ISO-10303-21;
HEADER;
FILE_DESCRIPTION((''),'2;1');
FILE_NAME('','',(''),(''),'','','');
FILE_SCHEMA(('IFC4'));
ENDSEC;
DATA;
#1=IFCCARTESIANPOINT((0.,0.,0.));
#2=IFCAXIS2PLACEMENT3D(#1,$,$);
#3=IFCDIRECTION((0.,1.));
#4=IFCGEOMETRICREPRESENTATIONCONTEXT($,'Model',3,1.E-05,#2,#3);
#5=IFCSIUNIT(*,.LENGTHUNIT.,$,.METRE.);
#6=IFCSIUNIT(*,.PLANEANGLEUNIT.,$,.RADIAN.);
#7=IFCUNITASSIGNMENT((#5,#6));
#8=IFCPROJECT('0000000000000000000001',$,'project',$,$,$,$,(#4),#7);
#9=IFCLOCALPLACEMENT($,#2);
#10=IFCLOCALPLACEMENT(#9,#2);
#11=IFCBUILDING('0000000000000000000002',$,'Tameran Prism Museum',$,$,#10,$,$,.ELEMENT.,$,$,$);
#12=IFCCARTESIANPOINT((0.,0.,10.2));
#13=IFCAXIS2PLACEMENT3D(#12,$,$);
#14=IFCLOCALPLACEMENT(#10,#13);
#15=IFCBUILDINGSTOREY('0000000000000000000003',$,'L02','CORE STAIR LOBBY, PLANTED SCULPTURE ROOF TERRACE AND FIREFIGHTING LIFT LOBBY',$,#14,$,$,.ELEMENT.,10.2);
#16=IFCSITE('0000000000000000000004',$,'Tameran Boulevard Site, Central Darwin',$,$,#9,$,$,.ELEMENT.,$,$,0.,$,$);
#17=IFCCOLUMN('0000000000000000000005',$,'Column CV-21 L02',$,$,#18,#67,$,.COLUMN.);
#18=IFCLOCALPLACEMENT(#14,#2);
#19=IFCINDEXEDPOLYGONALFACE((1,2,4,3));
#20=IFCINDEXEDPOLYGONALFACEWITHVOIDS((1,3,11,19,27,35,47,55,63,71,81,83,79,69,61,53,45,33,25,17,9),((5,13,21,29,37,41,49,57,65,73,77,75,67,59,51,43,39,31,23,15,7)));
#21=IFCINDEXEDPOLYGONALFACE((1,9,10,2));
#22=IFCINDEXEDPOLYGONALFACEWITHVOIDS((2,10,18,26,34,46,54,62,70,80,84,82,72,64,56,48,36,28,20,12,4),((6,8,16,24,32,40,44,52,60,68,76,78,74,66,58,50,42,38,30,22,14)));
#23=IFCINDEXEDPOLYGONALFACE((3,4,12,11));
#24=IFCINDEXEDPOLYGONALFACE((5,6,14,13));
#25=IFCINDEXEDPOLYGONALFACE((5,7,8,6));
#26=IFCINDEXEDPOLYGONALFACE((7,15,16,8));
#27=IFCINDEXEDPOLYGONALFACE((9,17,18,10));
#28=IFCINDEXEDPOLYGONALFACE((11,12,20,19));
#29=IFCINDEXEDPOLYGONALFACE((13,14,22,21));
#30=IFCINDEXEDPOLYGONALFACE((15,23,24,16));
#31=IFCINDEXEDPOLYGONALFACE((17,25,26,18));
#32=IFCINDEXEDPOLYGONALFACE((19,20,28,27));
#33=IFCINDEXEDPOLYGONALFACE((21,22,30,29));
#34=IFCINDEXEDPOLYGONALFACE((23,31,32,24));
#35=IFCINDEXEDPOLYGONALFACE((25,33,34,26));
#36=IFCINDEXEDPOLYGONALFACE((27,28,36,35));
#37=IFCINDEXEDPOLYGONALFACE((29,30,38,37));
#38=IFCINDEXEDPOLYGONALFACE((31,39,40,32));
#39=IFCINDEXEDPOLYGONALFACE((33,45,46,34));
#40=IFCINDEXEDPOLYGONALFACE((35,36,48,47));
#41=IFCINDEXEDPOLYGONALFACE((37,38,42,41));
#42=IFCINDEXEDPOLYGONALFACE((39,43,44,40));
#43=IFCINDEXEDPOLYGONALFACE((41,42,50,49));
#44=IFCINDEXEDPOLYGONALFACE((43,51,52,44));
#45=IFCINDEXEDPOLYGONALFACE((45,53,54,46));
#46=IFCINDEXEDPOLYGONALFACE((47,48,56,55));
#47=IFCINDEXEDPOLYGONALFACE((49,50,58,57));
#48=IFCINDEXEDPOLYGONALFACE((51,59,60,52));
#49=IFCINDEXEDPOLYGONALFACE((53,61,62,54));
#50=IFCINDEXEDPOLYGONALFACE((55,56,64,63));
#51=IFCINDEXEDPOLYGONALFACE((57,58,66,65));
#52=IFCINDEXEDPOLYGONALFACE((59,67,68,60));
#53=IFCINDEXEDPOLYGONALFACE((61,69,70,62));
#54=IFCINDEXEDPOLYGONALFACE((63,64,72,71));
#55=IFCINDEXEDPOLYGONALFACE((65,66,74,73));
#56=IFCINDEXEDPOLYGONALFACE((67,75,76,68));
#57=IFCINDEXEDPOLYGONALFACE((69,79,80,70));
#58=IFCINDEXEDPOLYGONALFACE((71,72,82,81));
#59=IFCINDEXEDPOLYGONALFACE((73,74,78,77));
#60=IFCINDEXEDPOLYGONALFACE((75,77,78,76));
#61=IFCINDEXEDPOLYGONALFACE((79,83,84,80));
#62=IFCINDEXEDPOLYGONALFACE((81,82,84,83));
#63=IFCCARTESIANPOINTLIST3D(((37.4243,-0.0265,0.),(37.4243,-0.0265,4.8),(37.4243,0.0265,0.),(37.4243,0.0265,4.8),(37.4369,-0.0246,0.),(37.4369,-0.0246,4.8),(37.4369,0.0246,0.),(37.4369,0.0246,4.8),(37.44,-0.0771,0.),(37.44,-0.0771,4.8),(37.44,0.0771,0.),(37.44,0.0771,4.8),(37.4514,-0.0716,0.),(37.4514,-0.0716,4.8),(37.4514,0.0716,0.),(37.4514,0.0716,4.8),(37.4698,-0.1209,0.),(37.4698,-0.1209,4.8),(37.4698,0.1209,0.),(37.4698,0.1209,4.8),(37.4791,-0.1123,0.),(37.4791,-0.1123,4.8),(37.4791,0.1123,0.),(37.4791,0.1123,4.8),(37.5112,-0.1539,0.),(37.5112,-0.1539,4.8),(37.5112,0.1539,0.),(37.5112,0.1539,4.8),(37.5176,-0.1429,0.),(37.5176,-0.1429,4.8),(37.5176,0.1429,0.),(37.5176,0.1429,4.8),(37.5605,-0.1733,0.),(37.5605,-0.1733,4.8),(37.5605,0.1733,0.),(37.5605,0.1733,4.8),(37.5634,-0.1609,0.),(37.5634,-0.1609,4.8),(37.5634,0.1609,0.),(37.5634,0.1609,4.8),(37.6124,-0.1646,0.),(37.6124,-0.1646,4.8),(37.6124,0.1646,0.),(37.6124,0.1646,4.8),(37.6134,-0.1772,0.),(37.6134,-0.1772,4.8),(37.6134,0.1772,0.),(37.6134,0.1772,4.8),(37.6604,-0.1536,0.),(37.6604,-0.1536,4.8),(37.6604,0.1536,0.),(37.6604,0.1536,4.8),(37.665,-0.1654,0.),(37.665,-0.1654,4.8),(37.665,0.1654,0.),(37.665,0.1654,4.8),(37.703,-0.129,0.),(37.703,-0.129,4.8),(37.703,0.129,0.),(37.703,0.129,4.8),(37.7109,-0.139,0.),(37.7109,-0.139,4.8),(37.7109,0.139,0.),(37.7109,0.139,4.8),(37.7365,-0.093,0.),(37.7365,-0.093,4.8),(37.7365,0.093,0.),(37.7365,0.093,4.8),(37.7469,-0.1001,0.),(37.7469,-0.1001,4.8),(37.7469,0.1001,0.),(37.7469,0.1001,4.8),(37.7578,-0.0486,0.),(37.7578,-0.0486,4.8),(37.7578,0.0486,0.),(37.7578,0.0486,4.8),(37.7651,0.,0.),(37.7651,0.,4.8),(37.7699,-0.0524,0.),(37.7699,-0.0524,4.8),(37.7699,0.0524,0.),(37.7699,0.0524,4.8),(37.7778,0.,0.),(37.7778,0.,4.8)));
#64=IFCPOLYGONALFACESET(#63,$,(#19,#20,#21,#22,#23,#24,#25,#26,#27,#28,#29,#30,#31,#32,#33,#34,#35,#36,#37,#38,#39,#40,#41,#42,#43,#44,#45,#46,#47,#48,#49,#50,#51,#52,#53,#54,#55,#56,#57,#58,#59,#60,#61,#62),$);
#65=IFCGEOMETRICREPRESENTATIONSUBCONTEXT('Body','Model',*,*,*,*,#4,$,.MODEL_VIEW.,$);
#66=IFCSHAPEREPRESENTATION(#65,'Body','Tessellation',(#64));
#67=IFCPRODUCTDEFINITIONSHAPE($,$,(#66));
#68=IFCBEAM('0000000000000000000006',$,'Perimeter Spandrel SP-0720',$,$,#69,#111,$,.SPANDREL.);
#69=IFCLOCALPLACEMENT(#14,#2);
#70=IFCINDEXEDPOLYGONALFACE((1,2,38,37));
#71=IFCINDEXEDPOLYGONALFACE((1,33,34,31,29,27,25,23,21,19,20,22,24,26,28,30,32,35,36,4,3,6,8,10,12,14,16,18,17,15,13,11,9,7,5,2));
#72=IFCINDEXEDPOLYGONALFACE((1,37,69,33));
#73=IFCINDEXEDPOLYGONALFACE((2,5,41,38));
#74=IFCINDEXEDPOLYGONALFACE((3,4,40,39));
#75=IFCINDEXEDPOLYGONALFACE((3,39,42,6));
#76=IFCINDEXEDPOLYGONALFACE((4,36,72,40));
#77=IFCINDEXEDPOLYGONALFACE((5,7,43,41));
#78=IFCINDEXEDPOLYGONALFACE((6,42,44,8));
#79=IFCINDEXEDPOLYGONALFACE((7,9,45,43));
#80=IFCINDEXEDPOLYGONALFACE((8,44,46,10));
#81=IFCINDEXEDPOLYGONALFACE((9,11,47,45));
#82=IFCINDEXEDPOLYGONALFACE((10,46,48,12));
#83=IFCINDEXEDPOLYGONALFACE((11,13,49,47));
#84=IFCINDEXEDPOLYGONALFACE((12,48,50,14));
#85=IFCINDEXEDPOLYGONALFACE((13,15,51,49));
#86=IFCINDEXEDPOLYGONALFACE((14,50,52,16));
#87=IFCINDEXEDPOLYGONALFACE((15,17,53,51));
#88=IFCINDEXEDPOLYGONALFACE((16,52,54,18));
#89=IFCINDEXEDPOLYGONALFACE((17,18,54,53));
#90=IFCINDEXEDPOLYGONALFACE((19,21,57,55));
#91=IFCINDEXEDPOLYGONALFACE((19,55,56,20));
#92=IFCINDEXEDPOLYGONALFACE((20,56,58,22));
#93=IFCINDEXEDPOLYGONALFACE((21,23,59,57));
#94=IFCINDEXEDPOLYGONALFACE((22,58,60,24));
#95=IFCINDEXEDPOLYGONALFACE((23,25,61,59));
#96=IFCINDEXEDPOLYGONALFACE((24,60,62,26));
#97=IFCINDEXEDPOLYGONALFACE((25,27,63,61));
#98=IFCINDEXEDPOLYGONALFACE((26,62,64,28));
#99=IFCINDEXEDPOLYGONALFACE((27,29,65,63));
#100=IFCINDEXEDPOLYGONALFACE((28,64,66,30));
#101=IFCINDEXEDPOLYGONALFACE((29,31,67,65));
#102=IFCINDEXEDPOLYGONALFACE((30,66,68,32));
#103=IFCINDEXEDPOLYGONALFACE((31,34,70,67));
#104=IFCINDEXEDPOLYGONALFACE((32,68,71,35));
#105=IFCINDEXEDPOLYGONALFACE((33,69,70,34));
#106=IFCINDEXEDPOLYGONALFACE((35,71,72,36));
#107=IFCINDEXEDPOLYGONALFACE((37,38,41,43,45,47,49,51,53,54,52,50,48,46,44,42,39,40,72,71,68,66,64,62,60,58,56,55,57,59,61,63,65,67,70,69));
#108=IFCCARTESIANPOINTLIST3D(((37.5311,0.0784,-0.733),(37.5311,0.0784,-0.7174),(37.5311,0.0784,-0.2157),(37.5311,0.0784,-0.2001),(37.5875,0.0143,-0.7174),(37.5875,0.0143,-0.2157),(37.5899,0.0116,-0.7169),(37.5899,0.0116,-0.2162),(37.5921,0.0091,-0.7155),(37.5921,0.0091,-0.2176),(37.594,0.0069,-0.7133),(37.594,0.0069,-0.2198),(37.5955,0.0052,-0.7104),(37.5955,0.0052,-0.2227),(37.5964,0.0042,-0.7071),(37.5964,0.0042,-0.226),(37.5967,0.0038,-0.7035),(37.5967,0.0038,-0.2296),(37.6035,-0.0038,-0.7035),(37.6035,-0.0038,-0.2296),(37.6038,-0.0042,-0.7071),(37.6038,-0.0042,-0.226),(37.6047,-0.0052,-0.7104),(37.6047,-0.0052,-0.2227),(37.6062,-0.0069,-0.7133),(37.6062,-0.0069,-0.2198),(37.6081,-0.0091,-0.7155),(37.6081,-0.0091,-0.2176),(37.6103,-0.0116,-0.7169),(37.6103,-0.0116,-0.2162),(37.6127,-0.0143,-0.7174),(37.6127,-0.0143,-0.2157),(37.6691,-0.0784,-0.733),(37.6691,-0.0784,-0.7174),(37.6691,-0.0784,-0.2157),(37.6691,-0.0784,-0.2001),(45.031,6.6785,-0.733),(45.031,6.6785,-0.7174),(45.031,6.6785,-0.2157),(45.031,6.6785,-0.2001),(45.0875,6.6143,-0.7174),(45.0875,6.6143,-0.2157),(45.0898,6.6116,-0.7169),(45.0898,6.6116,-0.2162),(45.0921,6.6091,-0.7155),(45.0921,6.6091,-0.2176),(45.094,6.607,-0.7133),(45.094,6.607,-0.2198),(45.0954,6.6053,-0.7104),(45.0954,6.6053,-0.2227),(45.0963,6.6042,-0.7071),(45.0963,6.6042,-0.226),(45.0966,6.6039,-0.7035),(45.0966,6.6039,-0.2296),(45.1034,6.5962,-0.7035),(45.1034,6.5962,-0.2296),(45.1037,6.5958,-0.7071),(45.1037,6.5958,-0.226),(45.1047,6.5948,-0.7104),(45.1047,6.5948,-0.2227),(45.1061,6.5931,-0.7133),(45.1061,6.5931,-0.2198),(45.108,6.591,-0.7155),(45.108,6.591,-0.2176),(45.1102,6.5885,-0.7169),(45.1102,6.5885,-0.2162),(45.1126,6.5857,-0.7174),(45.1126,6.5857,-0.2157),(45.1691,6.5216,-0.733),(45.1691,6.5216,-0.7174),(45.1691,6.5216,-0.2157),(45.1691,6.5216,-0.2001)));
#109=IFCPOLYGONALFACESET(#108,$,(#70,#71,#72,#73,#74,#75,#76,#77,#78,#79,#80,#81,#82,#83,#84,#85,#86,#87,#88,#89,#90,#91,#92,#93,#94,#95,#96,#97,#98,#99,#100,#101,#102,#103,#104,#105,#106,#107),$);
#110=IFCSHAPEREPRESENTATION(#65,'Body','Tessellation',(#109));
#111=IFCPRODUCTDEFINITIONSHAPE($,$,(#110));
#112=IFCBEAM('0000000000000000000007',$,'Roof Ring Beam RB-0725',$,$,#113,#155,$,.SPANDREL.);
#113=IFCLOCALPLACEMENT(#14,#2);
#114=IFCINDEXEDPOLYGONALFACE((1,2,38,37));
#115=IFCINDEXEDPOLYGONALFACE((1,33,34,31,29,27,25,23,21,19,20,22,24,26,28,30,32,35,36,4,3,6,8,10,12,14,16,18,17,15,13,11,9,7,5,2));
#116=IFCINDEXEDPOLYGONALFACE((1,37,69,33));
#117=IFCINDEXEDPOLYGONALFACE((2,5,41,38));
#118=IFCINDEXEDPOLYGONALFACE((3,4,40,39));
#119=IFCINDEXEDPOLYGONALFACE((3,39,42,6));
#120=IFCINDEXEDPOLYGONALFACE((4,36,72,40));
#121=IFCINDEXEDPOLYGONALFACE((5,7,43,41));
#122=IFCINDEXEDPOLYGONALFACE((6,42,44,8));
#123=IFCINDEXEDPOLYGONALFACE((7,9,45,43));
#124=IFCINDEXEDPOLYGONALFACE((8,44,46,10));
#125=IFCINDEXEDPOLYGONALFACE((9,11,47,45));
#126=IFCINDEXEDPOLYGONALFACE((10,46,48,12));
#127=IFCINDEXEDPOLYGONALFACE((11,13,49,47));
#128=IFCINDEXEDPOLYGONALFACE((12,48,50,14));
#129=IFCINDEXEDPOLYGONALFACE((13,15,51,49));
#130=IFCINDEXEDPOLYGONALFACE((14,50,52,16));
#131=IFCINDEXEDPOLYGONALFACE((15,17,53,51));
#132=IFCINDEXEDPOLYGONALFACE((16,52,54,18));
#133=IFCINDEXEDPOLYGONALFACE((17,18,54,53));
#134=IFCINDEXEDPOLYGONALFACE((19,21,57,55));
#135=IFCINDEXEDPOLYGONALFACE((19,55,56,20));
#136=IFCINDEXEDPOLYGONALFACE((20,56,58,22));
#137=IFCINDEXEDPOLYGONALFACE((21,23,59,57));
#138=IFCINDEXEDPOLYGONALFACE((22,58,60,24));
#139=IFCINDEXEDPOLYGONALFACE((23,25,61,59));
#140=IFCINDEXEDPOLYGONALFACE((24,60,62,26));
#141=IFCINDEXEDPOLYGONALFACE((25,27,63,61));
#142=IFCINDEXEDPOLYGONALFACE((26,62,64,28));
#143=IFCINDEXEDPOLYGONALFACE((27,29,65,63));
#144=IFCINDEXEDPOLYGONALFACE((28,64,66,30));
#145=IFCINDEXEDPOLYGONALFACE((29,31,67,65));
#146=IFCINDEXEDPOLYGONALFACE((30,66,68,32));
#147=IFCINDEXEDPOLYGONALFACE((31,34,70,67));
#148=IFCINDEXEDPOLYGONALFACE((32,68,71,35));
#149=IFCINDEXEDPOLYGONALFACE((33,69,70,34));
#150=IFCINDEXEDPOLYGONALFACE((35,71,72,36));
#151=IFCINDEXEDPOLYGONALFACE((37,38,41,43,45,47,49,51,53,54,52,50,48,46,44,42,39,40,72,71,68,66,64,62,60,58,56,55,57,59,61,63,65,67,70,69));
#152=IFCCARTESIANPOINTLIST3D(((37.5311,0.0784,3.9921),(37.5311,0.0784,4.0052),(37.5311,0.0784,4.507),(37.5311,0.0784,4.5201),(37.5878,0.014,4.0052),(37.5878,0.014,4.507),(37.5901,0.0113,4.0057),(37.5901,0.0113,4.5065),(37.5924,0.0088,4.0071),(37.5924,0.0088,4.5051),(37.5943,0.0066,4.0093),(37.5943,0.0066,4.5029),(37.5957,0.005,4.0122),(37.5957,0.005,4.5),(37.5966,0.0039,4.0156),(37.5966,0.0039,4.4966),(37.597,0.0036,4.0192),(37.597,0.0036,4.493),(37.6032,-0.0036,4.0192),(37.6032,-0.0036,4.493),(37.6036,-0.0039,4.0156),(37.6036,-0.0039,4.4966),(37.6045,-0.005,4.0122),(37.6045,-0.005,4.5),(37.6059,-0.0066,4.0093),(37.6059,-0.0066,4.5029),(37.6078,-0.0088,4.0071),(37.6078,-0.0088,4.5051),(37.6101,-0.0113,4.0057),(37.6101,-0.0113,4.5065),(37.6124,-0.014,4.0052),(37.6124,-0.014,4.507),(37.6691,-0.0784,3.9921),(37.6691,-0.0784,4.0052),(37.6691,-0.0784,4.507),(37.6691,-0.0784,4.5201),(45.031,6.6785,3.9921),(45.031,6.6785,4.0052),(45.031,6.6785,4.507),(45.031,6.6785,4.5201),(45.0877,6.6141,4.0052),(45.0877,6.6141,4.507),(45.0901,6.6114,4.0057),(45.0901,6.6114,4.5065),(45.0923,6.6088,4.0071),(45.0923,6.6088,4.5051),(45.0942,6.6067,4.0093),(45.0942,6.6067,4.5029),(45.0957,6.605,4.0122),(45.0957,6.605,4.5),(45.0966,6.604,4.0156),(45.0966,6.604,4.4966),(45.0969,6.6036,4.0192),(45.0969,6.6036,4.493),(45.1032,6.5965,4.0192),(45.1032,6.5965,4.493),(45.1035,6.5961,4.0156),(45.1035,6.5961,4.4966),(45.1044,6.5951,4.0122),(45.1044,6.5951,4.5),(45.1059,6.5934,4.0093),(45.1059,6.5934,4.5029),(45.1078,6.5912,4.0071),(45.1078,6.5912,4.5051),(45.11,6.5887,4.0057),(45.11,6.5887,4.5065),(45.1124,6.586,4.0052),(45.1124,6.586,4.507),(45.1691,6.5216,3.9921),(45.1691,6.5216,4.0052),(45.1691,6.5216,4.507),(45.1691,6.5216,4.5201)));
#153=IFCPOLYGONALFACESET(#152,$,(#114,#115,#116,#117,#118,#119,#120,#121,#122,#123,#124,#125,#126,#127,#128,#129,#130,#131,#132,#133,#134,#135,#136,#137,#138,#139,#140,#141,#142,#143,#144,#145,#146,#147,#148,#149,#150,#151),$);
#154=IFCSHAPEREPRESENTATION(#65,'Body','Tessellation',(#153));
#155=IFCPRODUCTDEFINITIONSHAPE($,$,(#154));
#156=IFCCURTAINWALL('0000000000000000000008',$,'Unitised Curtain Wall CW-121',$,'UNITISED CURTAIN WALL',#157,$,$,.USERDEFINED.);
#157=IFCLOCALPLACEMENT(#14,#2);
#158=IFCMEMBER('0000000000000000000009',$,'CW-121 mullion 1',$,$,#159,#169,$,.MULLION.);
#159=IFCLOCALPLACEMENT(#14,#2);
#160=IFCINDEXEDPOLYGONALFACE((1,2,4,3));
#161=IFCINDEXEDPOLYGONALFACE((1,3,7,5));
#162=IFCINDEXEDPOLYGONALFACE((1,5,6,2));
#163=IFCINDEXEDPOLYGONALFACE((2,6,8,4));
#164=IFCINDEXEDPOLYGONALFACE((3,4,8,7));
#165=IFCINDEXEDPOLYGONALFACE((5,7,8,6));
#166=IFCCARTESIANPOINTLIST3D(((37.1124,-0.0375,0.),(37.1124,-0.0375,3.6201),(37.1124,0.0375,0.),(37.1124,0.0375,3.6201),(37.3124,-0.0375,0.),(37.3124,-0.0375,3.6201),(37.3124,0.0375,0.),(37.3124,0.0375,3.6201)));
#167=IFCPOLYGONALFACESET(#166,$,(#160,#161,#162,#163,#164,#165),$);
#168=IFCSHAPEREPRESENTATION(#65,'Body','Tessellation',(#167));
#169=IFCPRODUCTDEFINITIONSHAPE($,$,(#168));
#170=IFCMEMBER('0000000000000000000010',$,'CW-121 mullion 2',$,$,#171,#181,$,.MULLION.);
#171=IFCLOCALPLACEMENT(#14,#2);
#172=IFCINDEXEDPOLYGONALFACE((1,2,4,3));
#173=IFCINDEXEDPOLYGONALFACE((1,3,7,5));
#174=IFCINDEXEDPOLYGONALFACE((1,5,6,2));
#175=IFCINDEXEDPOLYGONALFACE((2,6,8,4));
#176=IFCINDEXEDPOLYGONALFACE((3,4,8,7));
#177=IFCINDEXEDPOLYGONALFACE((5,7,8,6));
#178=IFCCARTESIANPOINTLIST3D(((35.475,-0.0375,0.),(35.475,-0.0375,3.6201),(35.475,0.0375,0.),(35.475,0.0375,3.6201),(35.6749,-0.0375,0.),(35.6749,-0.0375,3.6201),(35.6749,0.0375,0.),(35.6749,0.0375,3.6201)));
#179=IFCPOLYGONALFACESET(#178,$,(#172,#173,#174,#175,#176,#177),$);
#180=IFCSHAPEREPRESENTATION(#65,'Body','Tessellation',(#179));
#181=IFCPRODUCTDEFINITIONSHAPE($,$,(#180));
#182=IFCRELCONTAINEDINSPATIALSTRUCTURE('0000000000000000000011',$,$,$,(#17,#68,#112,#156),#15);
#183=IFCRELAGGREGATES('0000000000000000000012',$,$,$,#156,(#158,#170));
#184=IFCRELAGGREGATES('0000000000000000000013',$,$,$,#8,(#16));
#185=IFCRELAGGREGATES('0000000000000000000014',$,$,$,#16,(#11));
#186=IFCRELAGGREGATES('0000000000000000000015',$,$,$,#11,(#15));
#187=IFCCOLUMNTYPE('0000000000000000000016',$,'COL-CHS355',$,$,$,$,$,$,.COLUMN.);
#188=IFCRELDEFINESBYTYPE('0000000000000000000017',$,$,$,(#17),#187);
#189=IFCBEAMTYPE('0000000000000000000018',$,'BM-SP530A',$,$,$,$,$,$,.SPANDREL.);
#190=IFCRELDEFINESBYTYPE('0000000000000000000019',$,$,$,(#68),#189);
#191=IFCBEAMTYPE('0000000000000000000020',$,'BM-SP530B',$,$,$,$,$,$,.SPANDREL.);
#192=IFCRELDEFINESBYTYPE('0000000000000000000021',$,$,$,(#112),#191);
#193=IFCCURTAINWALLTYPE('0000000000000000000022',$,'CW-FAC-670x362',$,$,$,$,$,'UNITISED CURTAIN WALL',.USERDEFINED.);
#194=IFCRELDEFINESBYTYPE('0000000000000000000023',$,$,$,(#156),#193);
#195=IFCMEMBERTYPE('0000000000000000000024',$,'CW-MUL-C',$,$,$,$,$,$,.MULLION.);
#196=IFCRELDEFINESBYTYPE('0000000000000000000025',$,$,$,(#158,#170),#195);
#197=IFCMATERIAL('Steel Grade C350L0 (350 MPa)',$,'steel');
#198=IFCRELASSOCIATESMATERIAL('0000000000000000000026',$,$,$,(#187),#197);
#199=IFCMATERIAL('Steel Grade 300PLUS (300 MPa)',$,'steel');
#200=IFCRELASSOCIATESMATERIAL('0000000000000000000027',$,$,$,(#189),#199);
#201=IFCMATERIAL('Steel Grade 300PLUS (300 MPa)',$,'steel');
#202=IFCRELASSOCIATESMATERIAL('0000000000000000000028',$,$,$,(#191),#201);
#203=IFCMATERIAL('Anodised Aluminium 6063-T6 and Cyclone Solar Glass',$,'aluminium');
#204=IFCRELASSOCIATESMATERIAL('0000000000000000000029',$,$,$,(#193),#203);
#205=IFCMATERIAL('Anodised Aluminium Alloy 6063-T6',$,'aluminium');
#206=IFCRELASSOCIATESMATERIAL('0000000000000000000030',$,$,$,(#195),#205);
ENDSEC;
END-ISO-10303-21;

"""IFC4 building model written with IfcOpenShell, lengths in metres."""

from ifc_helpers import new_model, si_unit, direction, frame, origin, origin_2d, place, context, subcontext, project, spatial, rectangle, hollow_circle, i_section, extrude, material, material_profile, profile_set, type_object, element, aggregate, save


model = new_model("IFC4")

# Units and contexts
model_context = context("Model", 3, precision=1e-05, world=origin(), true_north=direction((0.0, 1.0)))
body_context = subcontext(model_context, "Body", "Model", "MODEL_VIEW")
ifc_project = project(units=[si_unit("LENGTHUNIT", "METRE"), si_unit("PLANEANGLEUNIT", "RADIAN")], contexts=[model_context])

# Site, building, storey
site_placement = place(None, origin())
site = spatial("IfcSite", under=ifc_project, at=site_placement, Name="Tameran Boulevard Site, Central Darwin", CompositionType="ELEMENT", RefElevation=0.0)
building_placement = place(site_placement, origin())
building = spatial("IfcBuilding", under=site, at=building_placement, Name="Tameran Prism Museum", CompositionType="ELEMENT")
storey_placement = place(building_placement, frame((0.0, 0.0, 10.2)))
storey = spatial("IfcBuildingStorey", under=building, at=storey_placement, Name="L02", Description="CORE STAIR LOBBY, PLANTED SCULPTURE ROOF TERRACE AND FIREFIGHTING LIFT LOBBY", CompositionType="ELEMENT", Elevation=10.2)

# Column
ifc_material_1 = material(Name="Steel Grade C350L0 (350 MPa)", Category="steel")
ifc_material_profile_1 = material_profile(ifc_material_1, hollow_circle(Radius=0.1777, WallThickness=0.0127, at=origin_2d()))
ifc_profile_set_1 = profile_set([ifc_material_profile_1])
column_type = type_object("IfcColumnType", Name="COL-CHS355", PredefinedType="COLUMN", material=ifc_profile_set_1)
column_placement = place(storey_placement, frame((37.6001, 0.0, 0.0), z_axis=(0.0, 0.0, 1.0), x_axis=(1.0, 0.0, 0.0)))
element("IfcColumn", 1, at=column_placement, inside=storey, type_object=column_type, Name="Column CV-21 L02", PredefinedType="COLUMN", context=body_context, shape_type="SweptSolid", body=[
    extrude(hollow_circle(Radius=0.1777, WallThickness=0.0127, at=origin_2d()), origin(), (0.0, 0.0, 1.0), 4.8),
])

# Beams
ifc_material_2 = material(Name="Steel Grade 300PLUS (300 MPa)", Category="steel")
ifc_material_profile_2 = material_profile(ifc_material_2, i_section(OverallWidth=0.209, OverallDepth=0.533, WebThickness=0.0103, FlangeThickness=0.0156, FilletRadius=0.0139, at=origin_2d()))
ifc_profile_set_2 = profile_set([ifc_material_profile_2])
beam_type_1 = type_object("IfcBeamType", Name="BM-SP530A", PredefinedType="SPANDREL", material=ifc_profile_set_2)
beam_1_placement = place(storey_placement, frame((37.6001, 0.0, -0.4666), z_axis=(0.750709, 0.660633, 0.0), x_axis=(-0.660633, 0.750709, 0.0)))
element("IfcBeam", 2, at=beam_1_placement, inside=storey, type_object=beam_type_1, Name="Perimeter Spandrel SP-0720", PredefinedType="SPANDREL", context=body_context, shape_type="SweptSolid", body=[
    extrude(i_section(OverallWidth=0.209, OverallDepth=0.533, WebThickness=0.0103, FlangeThickness=0.0156, FilletRadius=0.0139, at=origin_2d()), origin(), (0.0, 0.0, 1.0), 9.9905),
])
ifc_material_3 = material(Name="Steel Grade 300PLUS (300 MPa)", Category="steel")
ifc_material_profile_3 = material_profile(ifc_material_3, i_section(OverallWidth=0.209, OverallDepth=0.5281, WebThickness=0.0095, FlangeThickness=0.0132, FilletRadius=0.0139, at=origin_2d()))
ifc_profile_set_3 = profile_set([ifc_material_profile_3])
beam_type_2 = type_object("IfcBeamType", Name="BM-SP530B", PredefinedType="SPANDREL", material=ifc_profile_set_3)
beam_2_placement = place(storey_placement, frame((37.6001, 0.0, 4.2561), z_axis=(0.750709, 0.660633, 0.0), x_axis=(-0.660633, 0.750709, 0.0)))
element("IfcBeam", 3, at=beam_2_placement, inside=storey, type_object=beam_type_2, Name="Roof Ring Beam RB-0725", PredefinedType="SPANDREL", context=body_context, shape_type="SweptSolid", body=[
    extrude(i_section(OverallWidth=0.209, OverallDepth=0.5281, WebThickness=0.0095, FlangeThickness=0.0132, FilletRadius=0.0139, at=origin_2d()), origin(), (0.0, 0.0, 1.0), 9.9905),
])

# Curtain wall, members
ifc_material_4 = material(Name="Anodised Aluminium 6063-T6 and Cyclone Solar Glass", Category="aluminium")
curtain_wall_type_1 = type_object("IfcCurtainWallType", Name="CW-FAC-670x362", ElementType="UNITISED CURTAIN WALL", PredefinedType="USERDEFINED", material=ifc_material_4)
curtain_wall_1_placement = place(storey_placement, origin())
curtain_wall_1 = element("IfcCurtainWall", 4, at=curtain_wall_1_placement, inside=storey, type_object=curtain_wall_type_1, Name="Unitised Curtain Wall CW-121", ObjectType="UNITISED CURTAIN WALL", PredefinedType="USERDEFINED")
ifc_material_5 = material(Name="Anodised Aluminium Alloy 6063-T6", Category="aluminium")
ifc_material_profile_4 = material_profile(ifc_material_5, rectangle(XDim=0.075, YDim=0.2, at=origin_2d()))
ifc_profile_set_4 = profile_set([ifc_material_profile_4])
member_type_1 = type_object("IfcMemberType", Name="CW-MUL-C", PredefinedType="MULLION", material=ifc_profile_set_4)
member_1_placement = place(storey_placement, frame((37.2124, 0.0, 0.0), z_axis=(0.0, 0.0, 1.0), x_axis=(0.0, -1.0, 0.0)))
member_1 = element("IfcMember", 5, at=member_1_placement, type_object=member_type_1, Name="CW-121 mullion 1", PredefinedType="MULLION", context=body_context, shape_type="SweptSolid", body=[
    extrude(rectangle(XDim=0.075, YDim=0.2, at=origin_2d()), origin(), (0.0, 0.0, 1.0), 3.6201),
])
member_2_placement = place(storey_placement, frame((35.575, 0.0, 0.0), z_axis=(0.0, 0.0, 1.0), x_axis=(0.0, -1.0, 0.0)))
member_2 = element("IfcMember", 6, at=member_2_placement, type_object=member_type_1, Name="CW-121 mullion 2", PredefinedType="MULLION", context=body_context, shape_type="SweptSolid", body=[
    extrude(rectangle(XDim=0.075, YDim=0.2, at=origin_2d()), origin(), (0.0, 0.0, 1.0), 3.6201),
])

aggregate(curtain_wall_1, [member_1, member_2])

save(model, "model.ifc")
